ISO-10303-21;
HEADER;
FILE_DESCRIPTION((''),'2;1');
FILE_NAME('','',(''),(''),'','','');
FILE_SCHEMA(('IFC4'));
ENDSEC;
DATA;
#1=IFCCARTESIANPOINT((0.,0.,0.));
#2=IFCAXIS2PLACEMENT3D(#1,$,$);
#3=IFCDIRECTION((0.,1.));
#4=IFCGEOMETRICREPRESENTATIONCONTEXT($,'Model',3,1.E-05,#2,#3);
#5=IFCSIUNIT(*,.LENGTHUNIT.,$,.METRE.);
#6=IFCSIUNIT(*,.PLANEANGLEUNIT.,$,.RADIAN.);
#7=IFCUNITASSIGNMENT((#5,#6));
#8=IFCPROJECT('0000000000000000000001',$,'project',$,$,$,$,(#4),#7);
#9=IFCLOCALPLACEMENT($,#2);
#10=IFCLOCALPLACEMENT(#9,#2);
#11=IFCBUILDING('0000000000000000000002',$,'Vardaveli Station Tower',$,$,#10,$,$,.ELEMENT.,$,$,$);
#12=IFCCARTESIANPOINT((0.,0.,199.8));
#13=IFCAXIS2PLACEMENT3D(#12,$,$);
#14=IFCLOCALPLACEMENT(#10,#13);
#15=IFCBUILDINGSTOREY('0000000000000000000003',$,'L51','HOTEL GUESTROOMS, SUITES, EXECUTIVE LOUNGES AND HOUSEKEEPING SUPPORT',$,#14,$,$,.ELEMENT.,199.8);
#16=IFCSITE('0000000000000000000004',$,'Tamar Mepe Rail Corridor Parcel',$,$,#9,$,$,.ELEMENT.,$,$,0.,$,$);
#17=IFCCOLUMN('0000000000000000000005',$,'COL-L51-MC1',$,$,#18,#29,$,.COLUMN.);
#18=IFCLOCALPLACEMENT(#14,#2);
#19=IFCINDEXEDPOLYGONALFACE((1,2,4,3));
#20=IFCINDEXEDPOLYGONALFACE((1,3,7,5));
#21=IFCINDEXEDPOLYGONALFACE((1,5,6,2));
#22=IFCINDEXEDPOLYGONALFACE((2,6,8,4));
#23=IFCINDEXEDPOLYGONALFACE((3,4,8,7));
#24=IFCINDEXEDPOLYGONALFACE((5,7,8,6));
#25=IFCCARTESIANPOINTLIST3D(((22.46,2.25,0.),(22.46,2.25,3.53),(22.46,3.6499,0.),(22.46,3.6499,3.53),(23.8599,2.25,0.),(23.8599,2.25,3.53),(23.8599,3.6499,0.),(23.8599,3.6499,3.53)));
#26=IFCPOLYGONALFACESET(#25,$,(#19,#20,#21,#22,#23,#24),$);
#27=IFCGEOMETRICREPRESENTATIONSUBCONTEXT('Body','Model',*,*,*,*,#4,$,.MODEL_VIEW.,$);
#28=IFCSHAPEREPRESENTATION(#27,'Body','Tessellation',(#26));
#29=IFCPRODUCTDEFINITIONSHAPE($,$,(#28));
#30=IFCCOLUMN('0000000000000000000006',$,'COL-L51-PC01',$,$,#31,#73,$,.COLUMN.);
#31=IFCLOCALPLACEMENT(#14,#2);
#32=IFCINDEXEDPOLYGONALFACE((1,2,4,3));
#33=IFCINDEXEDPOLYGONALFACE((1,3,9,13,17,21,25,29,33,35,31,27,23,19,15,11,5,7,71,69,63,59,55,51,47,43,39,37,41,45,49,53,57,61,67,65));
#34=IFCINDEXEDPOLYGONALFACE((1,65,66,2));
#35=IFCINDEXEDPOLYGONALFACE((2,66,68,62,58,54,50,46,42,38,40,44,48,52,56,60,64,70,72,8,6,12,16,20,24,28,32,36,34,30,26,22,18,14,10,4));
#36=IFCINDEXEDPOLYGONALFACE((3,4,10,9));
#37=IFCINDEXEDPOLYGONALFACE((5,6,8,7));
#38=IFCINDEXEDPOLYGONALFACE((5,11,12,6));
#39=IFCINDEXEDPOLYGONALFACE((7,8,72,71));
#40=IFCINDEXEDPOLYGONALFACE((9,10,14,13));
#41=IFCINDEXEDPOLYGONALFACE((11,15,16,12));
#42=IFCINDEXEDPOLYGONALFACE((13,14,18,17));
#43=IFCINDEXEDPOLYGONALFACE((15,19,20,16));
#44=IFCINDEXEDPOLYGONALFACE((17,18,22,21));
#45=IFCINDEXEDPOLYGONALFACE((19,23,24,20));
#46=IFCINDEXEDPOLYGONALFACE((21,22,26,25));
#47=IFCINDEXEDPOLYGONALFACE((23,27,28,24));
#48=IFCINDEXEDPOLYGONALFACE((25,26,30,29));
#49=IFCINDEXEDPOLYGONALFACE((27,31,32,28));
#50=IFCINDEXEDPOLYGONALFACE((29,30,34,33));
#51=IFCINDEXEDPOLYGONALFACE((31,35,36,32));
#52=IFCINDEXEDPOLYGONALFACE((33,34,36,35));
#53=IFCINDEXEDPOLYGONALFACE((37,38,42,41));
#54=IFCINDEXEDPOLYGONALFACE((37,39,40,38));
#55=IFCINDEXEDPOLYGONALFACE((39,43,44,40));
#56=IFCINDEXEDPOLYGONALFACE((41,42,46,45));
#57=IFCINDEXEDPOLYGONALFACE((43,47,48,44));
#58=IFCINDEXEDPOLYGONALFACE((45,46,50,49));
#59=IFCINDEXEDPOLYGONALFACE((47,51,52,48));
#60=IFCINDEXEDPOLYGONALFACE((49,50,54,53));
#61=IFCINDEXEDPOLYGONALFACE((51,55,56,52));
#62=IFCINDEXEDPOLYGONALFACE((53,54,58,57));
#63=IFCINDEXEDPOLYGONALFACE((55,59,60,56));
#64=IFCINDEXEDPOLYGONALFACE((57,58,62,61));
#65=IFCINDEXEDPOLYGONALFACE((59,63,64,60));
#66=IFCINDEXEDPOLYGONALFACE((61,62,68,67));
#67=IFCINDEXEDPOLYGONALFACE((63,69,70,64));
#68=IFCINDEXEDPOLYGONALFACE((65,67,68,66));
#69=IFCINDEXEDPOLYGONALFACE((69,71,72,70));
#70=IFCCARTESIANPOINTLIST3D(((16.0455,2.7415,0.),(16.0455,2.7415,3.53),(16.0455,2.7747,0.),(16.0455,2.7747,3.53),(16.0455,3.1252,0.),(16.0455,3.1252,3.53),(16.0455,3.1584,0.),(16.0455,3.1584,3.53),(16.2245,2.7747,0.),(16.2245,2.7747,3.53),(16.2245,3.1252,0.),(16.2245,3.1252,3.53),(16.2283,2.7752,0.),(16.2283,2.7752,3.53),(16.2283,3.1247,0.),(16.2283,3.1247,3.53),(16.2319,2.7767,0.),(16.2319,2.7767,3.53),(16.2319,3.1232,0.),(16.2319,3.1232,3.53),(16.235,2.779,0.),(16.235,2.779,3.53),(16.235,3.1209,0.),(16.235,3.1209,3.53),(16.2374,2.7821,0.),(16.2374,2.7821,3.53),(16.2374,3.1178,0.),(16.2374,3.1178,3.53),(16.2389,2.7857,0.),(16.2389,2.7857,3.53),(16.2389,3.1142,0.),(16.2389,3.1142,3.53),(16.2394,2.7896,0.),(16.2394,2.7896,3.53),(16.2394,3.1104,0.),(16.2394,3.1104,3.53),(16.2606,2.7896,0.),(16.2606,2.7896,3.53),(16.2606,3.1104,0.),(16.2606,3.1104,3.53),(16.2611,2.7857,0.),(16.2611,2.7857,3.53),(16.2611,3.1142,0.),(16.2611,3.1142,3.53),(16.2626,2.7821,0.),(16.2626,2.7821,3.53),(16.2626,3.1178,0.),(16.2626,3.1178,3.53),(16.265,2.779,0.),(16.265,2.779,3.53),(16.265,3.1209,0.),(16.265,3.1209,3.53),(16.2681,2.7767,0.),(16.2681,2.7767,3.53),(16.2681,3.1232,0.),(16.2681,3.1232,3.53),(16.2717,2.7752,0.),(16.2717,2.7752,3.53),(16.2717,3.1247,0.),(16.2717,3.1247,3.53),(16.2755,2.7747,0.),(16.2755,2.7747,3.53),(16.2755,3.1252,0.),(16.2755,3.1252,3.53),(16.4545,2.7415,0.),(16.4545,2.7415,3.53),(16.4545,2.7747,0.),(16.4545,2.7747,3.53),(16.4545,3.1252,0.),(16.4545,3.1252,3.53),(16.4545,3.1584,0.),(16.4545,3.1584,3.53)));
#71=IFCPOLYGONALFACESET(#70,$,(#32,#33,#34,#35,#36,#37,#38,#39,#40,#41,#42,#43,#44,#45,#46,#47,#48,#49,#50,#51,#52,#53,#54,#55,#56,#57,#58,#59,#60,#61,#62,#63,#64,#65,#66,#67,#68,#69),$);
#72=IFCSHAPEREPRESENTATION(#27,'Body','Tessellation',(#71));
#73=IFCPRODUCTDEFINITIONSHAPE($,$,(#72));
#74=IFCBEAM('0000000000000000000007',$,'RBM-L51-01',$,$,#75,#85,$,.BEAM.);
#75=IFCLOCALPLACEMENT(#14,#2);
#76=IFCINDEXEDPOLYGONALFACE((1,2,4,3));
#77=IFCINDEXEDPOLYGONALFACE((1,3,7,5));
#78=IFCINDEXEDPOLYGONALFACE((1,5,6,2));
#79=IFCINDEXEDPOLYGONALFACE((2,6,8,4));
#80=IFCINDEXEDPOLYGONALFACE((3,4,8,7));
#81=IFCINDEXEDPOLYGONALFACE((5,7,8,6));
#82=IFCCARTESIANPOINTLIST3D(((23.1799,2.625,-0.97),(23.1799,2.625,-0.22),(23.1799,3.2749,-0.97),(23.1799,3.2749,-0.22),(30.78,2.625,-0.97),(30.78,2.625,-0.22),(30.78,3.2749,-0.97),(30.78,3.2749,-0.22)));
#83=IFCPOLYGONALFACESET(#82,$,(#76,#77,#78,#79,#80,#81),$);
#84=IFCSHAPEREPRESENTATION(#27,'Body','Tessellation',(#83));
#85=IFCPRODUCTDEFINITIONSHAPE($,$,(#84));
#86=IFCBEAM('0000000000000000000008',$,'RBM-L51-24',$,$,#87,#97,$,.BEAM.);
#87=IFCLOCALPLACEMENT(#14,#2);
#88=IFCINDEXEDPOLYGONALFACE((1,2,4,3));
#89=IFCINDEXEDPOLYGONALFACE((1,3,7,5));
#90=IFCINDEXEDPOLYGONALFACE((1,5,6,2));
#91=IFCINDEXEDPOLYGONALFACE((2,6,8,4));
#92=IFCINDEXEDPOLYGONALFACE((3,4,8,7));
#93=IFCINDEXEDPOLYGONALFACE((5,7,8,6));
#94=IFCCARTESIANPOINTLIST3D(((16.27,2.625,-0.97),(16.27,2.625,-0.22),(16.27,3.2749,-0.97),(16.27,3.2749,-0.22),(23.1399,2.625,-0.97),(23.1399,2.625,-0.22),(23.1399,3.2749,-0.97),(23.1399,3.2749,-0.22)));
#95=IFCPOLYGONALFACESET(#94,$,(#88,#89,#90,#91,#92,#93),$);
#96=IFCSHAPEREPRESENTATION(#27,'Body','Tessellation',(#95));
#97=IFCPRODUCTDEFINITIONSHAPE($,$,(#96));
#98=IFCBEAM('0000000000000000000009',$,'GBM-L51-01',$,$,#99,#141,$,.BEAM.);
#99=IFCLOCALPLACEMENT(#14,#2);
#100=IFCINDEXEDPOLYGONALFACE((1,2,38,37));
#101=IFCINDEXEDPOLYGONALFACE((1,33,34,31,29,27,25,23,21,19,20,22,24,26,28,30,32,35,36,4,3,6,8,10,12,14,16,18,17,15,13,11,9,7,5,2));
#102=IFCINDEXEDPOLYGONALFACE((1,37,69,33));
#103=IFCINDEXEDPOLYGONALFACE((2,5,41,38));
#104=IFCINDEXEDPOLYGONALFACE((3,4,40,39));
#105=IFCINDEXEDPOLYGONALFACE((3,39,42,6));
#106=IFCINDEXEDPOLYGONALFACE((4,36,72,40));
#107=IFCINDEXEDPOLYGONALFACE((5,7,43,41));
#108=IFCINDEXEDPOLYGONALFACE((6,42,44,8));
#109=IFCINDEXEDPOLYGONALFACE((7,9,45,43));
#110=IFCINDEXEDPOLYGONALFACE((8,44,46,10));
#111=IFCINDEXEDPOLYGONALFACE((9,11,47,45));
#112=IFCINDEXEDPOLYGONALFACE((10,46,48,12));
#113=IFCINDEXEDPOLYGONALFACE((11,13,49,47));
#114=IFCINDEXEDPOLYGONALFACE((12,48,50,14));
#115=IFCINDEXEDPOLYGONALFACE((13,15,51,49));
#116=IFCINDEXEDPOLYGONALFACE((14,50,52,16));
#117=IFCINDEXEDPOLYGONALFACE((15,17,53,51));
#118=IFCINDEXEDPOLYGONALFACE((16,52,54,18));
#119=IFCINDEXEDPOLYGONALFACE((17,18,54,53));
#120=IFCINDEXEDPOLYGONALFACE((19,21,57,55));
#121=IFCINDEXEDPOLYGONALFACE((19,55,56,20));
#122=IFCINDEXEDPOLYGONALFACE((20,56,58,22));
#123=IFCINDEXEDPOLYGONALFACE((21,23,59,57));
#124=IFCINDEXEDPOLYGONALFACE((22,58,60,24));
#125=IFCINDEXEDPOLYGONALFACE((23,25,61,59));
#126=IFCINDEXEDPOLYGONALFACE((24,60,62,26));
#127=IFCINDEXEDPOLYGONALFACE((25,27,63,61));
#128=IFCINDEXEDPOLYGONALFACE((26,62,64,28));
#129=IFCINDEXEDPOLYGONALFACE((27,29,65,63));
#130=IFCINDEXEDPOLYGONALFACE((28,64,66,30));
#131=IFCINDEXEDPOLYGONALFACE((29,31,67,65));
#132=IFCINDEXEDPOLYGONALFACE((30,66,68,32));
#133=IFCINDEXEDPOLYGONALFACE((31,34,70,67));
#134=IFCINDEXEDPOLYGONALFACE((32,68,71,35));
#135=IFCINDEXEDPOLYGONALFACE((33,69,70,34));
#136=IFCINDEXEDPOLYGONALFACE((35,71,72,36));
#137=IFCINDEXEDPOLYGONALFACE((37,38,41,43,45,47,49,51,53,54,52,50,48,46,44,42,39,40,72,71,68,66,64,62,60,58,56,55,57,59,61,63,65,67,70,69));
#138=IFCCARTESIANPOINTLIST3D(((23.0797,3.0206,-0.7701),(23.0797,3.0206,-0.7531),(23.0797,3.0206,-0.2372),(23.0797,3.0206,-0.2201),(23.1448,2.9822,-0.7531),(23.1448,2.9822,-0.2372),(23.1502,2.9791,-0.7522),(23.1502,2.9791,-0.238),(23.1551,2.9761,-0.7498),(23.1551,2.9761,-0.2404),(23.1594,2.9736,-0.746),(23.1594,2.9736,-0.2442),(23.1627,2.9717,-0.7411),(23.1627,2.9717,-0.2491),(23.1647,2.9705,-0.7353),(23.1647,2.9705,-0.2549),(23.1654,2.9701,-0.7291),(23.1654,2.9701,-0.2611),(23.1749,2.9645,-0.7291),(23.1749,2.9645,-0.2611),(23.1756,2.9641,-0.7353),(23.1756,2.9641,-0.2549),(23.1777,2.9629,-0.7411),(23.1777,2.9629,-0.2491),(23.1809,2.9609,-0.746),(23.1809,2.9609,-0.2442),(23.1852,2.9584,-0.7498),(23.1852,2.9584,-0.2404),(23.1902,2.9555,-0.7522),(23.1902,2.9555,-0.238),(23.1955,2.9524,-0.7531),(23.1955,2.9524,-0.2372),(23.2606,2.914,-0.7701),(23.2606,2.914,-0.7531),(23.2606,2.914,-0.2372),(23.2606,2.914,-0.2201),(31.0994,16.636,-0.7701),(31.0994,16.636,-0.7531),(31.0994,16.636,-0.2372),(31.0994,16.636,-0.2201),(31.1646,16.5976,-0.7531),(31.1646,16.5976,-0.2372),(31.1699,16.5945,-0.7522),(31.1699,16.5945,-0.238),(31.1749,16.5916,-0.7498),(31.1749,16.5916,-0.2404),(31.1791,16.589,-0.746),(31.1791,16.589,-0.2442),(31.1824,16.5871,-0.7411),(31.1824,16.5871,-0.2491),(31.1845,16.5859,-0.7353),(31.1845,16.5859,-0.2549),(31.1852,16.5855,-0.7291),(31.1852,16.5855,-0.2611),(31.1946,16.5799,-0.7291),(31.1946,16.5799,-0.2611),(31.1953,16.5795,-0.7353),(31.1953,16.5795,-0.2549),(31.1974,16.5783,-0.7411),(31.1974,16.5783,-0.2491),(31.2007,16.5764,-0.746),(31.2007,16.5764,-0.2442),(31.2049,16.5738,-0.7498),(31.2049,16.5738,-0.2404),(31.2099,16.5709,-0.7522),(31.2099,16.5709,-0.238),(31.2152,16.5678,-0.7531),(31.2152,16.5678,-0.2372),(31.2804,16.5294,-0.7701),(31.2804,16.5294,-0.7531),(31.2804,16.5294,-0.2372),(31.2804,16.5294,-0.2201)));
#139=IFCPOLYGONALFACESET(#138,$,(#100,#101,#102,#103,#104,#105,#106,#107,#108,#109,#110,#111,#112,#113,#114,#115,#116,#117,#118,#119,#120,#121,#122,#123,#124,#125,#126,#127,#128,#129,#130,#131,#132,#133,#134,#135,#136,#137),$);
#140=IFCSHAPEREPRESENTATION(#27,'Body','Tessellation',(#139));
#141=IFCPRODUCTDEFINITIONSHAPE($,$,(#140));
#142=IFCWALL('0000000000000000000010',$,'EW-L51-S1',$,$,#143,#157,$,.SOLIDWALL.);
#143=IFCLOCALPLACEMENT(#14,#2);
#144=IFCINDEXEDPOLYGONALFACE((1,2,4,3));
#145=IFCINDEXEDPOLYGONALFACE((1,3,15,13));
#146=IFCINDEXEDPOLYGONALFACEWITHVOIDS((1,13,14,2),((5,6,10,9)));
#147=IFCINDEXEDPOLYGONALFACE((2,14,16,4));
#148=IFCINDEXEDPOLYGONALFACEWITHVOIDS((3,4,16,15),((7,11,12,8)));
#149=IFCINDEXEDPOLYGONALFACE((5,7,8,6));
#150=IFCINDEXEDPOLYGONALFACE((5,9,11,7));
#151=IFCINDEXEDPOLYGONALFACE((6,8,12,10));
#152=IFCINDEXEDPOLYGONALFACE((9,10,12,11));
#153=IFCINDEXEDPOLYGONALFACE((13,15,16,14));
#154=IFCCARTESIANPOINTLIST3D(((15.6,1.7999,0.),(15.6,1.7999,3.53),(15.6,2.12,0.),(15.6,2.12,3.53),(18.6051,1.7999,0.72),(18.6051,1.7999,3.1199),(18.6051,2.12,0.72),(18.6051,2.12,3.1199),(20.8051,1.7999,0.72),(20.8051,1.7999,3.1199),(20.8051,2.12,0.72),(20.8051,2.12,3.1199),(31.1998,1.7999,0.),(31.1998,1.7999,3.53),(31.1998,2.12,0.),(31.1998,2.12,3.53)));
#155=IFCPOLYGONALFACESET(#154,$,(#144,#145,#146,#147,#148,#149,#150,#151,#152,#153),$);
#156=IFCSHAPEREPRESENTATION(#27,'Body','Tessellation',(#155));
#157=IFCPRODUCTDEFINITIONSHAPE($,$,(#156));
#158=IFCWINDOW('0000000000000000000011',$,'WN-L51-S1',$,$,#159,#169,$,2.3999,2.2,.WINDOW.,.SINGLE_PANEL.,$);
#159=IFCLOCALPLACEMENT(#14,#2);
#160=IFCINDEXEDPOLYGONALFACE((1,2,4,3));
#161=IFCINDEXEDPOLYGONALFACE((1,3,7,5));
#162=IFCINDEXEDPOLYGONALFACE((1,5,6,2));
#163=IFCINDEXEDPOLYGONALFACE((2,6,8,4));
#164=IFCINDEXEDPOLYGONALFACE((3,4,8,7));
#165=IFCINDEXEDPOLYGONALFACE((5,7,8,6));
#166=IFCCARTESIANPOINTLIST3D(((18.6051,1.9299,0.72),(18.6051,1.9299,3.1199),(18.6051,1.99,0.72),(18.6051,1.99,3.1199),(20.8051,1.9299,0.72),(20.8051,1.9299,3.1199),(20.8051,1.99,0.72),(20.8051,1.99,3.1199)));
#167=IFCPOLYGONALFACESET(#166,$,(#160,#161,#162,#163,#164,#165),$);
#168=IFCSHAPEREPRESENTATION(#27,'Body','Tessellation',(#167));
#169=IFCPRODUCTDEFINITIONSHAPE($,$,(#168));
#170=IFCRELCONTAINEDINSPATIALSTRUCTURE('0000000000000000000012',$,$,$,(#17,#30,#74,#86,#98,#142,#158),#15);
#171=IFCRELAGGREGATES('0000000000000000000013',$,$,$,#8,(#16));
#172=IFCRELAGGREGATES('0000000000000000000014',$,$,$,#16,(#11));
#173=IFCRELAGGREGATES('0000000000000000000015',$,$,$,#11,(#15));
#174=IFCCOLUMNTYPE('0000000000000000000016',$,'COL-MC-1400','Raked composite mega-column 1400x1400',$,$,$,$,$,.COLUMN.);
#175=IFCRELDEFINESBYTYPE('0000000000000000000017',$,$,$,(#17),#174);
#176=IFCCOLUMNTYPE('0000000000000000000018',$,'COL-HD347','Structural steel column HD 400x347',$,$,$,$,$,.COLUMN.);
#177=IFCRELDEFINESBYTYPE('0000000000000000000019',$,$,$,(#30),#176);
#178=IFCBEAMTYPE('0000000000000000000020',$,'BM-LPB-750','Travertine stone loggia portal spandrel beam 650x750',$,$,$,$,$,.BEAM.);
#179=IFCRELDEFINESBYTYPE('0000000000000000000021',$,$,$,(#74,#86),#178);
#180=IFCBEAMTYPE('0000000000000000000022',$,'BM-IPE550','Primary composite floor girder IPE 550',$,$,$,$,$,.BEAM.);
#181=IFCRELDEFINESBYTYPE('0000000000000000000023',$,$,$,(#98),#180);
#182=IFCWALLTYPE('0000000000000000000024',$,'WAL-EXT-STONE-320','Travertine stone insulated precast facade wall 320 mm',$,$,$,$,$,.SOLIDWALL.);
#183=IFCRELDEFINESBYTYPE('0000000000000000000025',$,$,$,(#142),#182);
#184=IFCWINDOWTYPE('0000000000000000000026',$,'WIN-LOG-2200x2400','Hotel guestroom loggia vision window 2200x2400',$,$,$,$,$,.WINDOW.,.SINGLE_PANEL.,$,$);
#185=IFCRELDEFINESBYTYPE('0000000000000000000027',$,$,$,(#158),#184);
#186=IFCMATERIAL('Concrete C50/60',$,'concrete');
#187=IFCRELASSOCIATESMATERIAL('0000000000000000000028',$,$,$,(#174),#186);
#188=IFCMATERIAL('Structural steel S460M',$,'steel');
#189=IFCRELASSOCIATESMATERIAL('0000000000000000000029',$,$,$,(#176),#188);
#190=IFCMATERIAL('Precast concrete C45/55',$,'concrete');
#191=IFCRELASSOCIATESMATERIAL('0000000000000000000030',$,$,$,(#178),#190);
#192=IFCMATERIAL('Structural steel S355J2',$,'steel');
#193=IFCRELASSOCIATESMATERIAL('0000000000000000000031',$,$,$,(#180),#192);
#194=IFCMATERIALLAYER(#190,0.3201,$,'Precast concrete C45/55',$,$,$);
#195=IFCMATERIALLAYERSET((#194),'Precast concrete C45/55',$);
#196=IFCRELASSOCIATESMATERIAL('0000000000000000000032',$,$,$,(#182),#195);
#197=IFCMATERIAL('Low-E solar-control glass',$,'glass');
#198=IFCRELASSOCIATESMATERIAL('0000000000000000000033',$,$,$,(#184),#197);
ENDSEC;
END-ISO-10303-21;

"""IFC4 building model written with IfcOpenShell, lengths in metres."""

from ifc_helpers import new_model, si_unit, direction, frame, frame_2d, origin, origin_2d, place, context, subcontext, project, spatial, rectangle, i_section, extrude, source, transform, mapped, material, layer, layer_set, material_profile, profile_set, type_object, element, fill, save


model = new_model("IFC4")

# Units and contexts
model_context = context("Model", 3, precision=1e-05, world=origin(), true_north=direction((0.0, 1.0)))
body_context = subcontext(model_context, "Body", "Model", "MODEL_VIEW")
ifc_project = project(units=[si_unit("LENGTHUNIT", "METRE"), si_unit("PLANEANGLEUNIT", "RADIAN")], contexts=[model_context])

# Site, building, storey
site_placement = place(None, origin())
site = spatial("IfcSite", under=ifc_project, at=site_placement, Name="Tamar Mepe Rail Corridor Parcel", CompositionType="ELEMENT", RefElevation=0.0)
building_placement = place(site_placement, origin())
building = spatial("IfcBuilding", under=site, at=building_placement, Name="Vardaveli Station Tower", CompositionType="ELEMENT")
storey_placement = place(building_placement, frame((0.0, 0.0, 199.8)))
storey = spatial("IfcBuildingStorey", under=building, at=storey_placement, Name="L51", Description="HOTEL GUESTROOMS, SUITES, EXECUTIVE LOUNGES AND HOUSEKEEPING SUPPORT", CompositionType="ELEMENT", Elevation=199.8)

# Columns
ifc_material_1 = material(Name="Concrete C50/60", Category="concrete")
ifc_material_profile_1 = material_profile(ifc_material_1, rectangle(XDim=1.3999, YDim=1.3999, at=origin_2d()), Name="MC 1400x1400")
ifc_profile_set_1 = profile_set([ifc_material_profile_1], Name="Concrete C50/60")
column_type_1 = type_object("IfcColumnType", Name="COL-MC-1400", Description="Raked composite mega-column 1400x1400", PredefinedType="COLUMN", material=ifc_profile_set_1)
shared_shape_1 = source(origin(), body_context, "Body", "SweptSolid", [
    extrude(rectangle(XDim=1.3999, YDim=1.3999, at=origin_2d()), origin(), (0.0, 0.0, 1.0), 3.53),
])
column_1_placement = place(storey_placement, frame((23.1599, 2.95, 0.0), z_axis=(0.0, 0.0, 1.0), x_axis=(1.0, 0.0, 0.0)))
element("IfcColumn", 1, at=column_1_placement, inside=storey, type_object=column_type_1, Name="COL-L51-MC1", PredefinedType="COLUMN", context=body_context, shape_type="MappedRepresentation", body=[
    mapped(shared_shape_1, transform((0.0, 0.0, 0.0), scale=1.0)),
])
ifc_material_2 = material(Name="Structural steel S460M", Category="steel")
ifc_material_profile_2 = material_profile(ifc_material_2, i_section(OverallWidth=0.4089, OverallDepth=0.417, WebThickness=0.0212, FlangeThickness=0.0332, FilletRadius=0.0149, at=origin_2d()), Name="HD 400x347")
ifc_profile_set_2 = profile_set([ifc_material_profile_2], Name="Structural steel S460M")
column_type_2 = type_object("IfcColumnType", Name="COL-HD347", Description="Structural steel column HD 400x347", PredefinedType="COLUMN", material=ifc_profile_set_2)
shared_shape_2 = source(origin(), body_context, "Body", "SweptSolid", [
    extrude(i_section(OverallWidth=0.4089, OverallDepth=0.417, WebThickness=0.0212, FlangeThickness=0.0332, FilletRadius=0.0149, at=origin_2d()), origin(), (0.0, 0.0, 1.0), 3.53),
])
column_2_placement = place(storey_placement, frame((16.25, 2.95, 0.0), z_axis=(0.0, 0.0, 1.0), x_axis=(1.0, 0.0, 0.0)))
element("IfcColumn", 2, at=column_2_placement, inside=storey, type_object=column_type_2, Name="COL-L51-PC01", PredefinedType="COLUMN", context=body_context, shape_type="MappedRepresentation", body=[
    mapped(shared_shape_2, transform((0.0, 0.0, 0.0), scale=1.0)),
])

# Beams
ifc_material_3 = material(Name="Precast concrete C45/55", Category="concrete")
ifc_material_profile_3 = material_profile(ifc_material_3, rectangle(XDim=0.6499, YDim=0.75, at=origin_2d()), Name="LPB 650x750")
ifc_profile_set_3 = profile_set([ifc_material_profile_3], Name="Precast concrete C45/55")
beam_type_1 = type_object("IfcBeamType", Name="BM-LPB-750", Description="Travertine stone loggia portal spandrel beam 650x750", PredefinedType="BEAM", material=ifc_profile_set_3)
shared_shape_3 = source(origin(), body_context, "Body", "SweptSolid", [
    extrude(rectangle(XDim=0.6499, YDim=0.75, at=origin_2d()), origin(), (0.0, 0.0, 1.0), 7.6001),
])
beam_1_placement = place(storey_placement, frame((23.1799, 2.95, -0.595), z_axis=(1.0, 0.0, 0.0), x_axis=(0.0, 1.0, 0.0)))
element("IfcBeam", 3, at=beam_1_placement, inside=storey, type_object=beam_type_1, Name="RBM-L51-01", PredefinedType="BEAM", context=body_context, shape_type="MappedRepresentation", body=[
    mapped(shared_shape_3, transform((0.0, 0.0, 0.0), scale=1.0)),
])
shared_shape_4 = source(origin(), body_context, "Body", "SweptSolid", [
    extrude(rectangle(XDim=0.6499, YDim=0.75, at=origin_2d()), origin(), (0.0, 0.0, 1.0), 6.8699),
])
beam_2_placement = place(storey_placement, frame((16.27, 2.95, -0.595), z_axis=(1.0, 0.0, 0.0), x_axis=(0.0, 1.0, 0.0)))
element("IfcBeam", 4, at=beam_2_placement, inside=storey, type_object=beam_type_1, Name="RBM-L51-24", PredefinedType="BEAM", context=body_context, shape_type="MappedRepresentation", body=[
    mapped(shared_shape_4, transform((0.0, 0.0, 0.0), scale=1.0)),
])
ifc_material_4 = material(Name="Structural steel S355J2", Category="steel")
ifc_material_profile_4 = material_profile(ifc_material_4, i_section(OverallWidth=0.21, OverallDepth=0.55, WebThickness=0.011, FlangeThickness=0.0171, FilletRadius=0.0239, at=origin_2d()), Name="IPE 550")
ifc_profile_set_4 = profile_set([ifc_material_profile_4], Name="Structural steel S355J2")
beam_type_2 = type_object("IfcBeamType", Name="BM-IPE550", Description="Primary composite floor girder IPE 550", PredefinedType="BEAM", material=ifc_profile_set_4)
shared_shape_5 = source(origin(), body_context, "Body", "SweptSolid", [
    extrude(i_section(OverallWidth=0.21, OverallDepth=0.55, WebThickness=0.011, FlangeThickness=0.0171, FilletRadius=0.0239, at=origin_2d()), origin(), (0.0, 0.0, 1.0), 15.8018),
])
beam_3_placement = place(storey_placement, frame((23.1702, 2.9673, -0.4951), z_axis=(0.507522, 0.861639, 0.0), x_axis=(-0.861639, 0.507522, 0.0)))
element("IfcBeam", 5, at=beam_3_placement, inside=storey, type_object=beam_type_2, Name="GBM-L51-01", PredefinedType="BEAM", context=body_context, shape_type="MappedRepresentation", body=[
    mapped(shared_shape_5, transform((0.0, 0.0, 0.0), scale=1.0)),
])

# Wall, opening, window
ifc_layer_1 = layer(ifc_material_3, 0.3201, Name="Precast concrete C45/55")
ifc_layer_set_1 = layer_set([ifc_layer_1], Name="Precast concrete C45/55")
wall_type_1 = type_object("IfcWallType", Name="WAL-EXT-STONE-320", Description="Travertine stone insulated precast facade wall 320 mm", PredefinedType="SOLIDWALL", material=ifc_layer_set_1)
shared_shape_6 = source(origin(), body_context, "Body", "SweptSolid", [
    extrude(rectangle(XDim=15.5999, YDim=0.3201, at=frame_2d((7.7998, 0.0))), origin(), (0.0, 0.0, 1.0), 3.53),
])
wall_1_placement = place(storey_placement, frame((15.6001, 1.96, 0.0), z_axis=(0.0, 0.0, 1.0), x_axis=(1.0, 0.0, 0.0)))
wall_1 = element("IfcWall", 6, at=wall_1_placement, inside=storey, type_object=wall_type_1, Name="EW-L51-S1", PredefinedType="SOLIDWALL", context=body_context, shape_type="MappedRepresentation", body=[
    mapped(shared_shape_6, transform((0.0, 0.0, 0.0), scale=1.0)),
])
shared_shape_7 = source(origin(), body_context, "Body", "SweptSolid", [
    extrude(rectangle(XDim=2.2, YDim=2.3999, at=frame_2d((1.1001, 1.2))), frame((0.0, 0.1699, 0.0), z_axis=(0.0, -1.0, 0.0), x_axis=(1.0, 0.0, 0.0)), (0.0, 0.0, 1.0), 0.3401),
])
opening_1_placement = place(wall_1_placement, frame((3.0049, 0.0, 0.72)))
opening_1 = element("IfcOpeningElement", 7, at=opening_1_placement, cuts=wall_1, PredefinedType="OPENING", context=body_context, shape_type="MappedRepresentation", body=[
    mapped(shared_shape_7, transform((0.0, 0.0, 0.0), scale=1.0)),
])
ifc_material_5 = material(Name="Low-E solar-control glass", Category="glass")
window_type = type_object("IfcWindowType", Name="WIN-LOG-2200x2400", Description="Hotel guestroom loggia vision window 2200x2400", PartitioningType="SINGLE_PANEL", PredefinedType="WINDOW", material=ifc_material_5)
shared_shape_8 = source(origin(), body_context, "Body", "SweptSolid", [
    extrude(rectangle(XDim=2.2, YDim=2.3999, at=frame_2d((1.1001, 1.2))), frame((0.0, 0.03, 0.0), z_axis=(0.0, -1.0, 0.0), x_axis=(1.0, 0.0, 0.0)), (0.0, 0.0, 1.0), 0.0601),
])
window_placement = place(opening_1_placement, origin())
window = element("IfcWindow", 8, at=window_placement, inside=storey, type_object=window_type, Name="WN-L51-S1", OverallHeight=2.3999, OverallWidth=2.2, PartitioningType="SINGLE_PANEL", PredefinedType="WINDOW", context=body_context, shape_type="MappedRepresentation", body=[
    mapped(shared_shape_8, transform((0.0, 0.0, 0.0), scale=1.0)),
])
fill(opening_1, window)

save(model, "model.ifc")
